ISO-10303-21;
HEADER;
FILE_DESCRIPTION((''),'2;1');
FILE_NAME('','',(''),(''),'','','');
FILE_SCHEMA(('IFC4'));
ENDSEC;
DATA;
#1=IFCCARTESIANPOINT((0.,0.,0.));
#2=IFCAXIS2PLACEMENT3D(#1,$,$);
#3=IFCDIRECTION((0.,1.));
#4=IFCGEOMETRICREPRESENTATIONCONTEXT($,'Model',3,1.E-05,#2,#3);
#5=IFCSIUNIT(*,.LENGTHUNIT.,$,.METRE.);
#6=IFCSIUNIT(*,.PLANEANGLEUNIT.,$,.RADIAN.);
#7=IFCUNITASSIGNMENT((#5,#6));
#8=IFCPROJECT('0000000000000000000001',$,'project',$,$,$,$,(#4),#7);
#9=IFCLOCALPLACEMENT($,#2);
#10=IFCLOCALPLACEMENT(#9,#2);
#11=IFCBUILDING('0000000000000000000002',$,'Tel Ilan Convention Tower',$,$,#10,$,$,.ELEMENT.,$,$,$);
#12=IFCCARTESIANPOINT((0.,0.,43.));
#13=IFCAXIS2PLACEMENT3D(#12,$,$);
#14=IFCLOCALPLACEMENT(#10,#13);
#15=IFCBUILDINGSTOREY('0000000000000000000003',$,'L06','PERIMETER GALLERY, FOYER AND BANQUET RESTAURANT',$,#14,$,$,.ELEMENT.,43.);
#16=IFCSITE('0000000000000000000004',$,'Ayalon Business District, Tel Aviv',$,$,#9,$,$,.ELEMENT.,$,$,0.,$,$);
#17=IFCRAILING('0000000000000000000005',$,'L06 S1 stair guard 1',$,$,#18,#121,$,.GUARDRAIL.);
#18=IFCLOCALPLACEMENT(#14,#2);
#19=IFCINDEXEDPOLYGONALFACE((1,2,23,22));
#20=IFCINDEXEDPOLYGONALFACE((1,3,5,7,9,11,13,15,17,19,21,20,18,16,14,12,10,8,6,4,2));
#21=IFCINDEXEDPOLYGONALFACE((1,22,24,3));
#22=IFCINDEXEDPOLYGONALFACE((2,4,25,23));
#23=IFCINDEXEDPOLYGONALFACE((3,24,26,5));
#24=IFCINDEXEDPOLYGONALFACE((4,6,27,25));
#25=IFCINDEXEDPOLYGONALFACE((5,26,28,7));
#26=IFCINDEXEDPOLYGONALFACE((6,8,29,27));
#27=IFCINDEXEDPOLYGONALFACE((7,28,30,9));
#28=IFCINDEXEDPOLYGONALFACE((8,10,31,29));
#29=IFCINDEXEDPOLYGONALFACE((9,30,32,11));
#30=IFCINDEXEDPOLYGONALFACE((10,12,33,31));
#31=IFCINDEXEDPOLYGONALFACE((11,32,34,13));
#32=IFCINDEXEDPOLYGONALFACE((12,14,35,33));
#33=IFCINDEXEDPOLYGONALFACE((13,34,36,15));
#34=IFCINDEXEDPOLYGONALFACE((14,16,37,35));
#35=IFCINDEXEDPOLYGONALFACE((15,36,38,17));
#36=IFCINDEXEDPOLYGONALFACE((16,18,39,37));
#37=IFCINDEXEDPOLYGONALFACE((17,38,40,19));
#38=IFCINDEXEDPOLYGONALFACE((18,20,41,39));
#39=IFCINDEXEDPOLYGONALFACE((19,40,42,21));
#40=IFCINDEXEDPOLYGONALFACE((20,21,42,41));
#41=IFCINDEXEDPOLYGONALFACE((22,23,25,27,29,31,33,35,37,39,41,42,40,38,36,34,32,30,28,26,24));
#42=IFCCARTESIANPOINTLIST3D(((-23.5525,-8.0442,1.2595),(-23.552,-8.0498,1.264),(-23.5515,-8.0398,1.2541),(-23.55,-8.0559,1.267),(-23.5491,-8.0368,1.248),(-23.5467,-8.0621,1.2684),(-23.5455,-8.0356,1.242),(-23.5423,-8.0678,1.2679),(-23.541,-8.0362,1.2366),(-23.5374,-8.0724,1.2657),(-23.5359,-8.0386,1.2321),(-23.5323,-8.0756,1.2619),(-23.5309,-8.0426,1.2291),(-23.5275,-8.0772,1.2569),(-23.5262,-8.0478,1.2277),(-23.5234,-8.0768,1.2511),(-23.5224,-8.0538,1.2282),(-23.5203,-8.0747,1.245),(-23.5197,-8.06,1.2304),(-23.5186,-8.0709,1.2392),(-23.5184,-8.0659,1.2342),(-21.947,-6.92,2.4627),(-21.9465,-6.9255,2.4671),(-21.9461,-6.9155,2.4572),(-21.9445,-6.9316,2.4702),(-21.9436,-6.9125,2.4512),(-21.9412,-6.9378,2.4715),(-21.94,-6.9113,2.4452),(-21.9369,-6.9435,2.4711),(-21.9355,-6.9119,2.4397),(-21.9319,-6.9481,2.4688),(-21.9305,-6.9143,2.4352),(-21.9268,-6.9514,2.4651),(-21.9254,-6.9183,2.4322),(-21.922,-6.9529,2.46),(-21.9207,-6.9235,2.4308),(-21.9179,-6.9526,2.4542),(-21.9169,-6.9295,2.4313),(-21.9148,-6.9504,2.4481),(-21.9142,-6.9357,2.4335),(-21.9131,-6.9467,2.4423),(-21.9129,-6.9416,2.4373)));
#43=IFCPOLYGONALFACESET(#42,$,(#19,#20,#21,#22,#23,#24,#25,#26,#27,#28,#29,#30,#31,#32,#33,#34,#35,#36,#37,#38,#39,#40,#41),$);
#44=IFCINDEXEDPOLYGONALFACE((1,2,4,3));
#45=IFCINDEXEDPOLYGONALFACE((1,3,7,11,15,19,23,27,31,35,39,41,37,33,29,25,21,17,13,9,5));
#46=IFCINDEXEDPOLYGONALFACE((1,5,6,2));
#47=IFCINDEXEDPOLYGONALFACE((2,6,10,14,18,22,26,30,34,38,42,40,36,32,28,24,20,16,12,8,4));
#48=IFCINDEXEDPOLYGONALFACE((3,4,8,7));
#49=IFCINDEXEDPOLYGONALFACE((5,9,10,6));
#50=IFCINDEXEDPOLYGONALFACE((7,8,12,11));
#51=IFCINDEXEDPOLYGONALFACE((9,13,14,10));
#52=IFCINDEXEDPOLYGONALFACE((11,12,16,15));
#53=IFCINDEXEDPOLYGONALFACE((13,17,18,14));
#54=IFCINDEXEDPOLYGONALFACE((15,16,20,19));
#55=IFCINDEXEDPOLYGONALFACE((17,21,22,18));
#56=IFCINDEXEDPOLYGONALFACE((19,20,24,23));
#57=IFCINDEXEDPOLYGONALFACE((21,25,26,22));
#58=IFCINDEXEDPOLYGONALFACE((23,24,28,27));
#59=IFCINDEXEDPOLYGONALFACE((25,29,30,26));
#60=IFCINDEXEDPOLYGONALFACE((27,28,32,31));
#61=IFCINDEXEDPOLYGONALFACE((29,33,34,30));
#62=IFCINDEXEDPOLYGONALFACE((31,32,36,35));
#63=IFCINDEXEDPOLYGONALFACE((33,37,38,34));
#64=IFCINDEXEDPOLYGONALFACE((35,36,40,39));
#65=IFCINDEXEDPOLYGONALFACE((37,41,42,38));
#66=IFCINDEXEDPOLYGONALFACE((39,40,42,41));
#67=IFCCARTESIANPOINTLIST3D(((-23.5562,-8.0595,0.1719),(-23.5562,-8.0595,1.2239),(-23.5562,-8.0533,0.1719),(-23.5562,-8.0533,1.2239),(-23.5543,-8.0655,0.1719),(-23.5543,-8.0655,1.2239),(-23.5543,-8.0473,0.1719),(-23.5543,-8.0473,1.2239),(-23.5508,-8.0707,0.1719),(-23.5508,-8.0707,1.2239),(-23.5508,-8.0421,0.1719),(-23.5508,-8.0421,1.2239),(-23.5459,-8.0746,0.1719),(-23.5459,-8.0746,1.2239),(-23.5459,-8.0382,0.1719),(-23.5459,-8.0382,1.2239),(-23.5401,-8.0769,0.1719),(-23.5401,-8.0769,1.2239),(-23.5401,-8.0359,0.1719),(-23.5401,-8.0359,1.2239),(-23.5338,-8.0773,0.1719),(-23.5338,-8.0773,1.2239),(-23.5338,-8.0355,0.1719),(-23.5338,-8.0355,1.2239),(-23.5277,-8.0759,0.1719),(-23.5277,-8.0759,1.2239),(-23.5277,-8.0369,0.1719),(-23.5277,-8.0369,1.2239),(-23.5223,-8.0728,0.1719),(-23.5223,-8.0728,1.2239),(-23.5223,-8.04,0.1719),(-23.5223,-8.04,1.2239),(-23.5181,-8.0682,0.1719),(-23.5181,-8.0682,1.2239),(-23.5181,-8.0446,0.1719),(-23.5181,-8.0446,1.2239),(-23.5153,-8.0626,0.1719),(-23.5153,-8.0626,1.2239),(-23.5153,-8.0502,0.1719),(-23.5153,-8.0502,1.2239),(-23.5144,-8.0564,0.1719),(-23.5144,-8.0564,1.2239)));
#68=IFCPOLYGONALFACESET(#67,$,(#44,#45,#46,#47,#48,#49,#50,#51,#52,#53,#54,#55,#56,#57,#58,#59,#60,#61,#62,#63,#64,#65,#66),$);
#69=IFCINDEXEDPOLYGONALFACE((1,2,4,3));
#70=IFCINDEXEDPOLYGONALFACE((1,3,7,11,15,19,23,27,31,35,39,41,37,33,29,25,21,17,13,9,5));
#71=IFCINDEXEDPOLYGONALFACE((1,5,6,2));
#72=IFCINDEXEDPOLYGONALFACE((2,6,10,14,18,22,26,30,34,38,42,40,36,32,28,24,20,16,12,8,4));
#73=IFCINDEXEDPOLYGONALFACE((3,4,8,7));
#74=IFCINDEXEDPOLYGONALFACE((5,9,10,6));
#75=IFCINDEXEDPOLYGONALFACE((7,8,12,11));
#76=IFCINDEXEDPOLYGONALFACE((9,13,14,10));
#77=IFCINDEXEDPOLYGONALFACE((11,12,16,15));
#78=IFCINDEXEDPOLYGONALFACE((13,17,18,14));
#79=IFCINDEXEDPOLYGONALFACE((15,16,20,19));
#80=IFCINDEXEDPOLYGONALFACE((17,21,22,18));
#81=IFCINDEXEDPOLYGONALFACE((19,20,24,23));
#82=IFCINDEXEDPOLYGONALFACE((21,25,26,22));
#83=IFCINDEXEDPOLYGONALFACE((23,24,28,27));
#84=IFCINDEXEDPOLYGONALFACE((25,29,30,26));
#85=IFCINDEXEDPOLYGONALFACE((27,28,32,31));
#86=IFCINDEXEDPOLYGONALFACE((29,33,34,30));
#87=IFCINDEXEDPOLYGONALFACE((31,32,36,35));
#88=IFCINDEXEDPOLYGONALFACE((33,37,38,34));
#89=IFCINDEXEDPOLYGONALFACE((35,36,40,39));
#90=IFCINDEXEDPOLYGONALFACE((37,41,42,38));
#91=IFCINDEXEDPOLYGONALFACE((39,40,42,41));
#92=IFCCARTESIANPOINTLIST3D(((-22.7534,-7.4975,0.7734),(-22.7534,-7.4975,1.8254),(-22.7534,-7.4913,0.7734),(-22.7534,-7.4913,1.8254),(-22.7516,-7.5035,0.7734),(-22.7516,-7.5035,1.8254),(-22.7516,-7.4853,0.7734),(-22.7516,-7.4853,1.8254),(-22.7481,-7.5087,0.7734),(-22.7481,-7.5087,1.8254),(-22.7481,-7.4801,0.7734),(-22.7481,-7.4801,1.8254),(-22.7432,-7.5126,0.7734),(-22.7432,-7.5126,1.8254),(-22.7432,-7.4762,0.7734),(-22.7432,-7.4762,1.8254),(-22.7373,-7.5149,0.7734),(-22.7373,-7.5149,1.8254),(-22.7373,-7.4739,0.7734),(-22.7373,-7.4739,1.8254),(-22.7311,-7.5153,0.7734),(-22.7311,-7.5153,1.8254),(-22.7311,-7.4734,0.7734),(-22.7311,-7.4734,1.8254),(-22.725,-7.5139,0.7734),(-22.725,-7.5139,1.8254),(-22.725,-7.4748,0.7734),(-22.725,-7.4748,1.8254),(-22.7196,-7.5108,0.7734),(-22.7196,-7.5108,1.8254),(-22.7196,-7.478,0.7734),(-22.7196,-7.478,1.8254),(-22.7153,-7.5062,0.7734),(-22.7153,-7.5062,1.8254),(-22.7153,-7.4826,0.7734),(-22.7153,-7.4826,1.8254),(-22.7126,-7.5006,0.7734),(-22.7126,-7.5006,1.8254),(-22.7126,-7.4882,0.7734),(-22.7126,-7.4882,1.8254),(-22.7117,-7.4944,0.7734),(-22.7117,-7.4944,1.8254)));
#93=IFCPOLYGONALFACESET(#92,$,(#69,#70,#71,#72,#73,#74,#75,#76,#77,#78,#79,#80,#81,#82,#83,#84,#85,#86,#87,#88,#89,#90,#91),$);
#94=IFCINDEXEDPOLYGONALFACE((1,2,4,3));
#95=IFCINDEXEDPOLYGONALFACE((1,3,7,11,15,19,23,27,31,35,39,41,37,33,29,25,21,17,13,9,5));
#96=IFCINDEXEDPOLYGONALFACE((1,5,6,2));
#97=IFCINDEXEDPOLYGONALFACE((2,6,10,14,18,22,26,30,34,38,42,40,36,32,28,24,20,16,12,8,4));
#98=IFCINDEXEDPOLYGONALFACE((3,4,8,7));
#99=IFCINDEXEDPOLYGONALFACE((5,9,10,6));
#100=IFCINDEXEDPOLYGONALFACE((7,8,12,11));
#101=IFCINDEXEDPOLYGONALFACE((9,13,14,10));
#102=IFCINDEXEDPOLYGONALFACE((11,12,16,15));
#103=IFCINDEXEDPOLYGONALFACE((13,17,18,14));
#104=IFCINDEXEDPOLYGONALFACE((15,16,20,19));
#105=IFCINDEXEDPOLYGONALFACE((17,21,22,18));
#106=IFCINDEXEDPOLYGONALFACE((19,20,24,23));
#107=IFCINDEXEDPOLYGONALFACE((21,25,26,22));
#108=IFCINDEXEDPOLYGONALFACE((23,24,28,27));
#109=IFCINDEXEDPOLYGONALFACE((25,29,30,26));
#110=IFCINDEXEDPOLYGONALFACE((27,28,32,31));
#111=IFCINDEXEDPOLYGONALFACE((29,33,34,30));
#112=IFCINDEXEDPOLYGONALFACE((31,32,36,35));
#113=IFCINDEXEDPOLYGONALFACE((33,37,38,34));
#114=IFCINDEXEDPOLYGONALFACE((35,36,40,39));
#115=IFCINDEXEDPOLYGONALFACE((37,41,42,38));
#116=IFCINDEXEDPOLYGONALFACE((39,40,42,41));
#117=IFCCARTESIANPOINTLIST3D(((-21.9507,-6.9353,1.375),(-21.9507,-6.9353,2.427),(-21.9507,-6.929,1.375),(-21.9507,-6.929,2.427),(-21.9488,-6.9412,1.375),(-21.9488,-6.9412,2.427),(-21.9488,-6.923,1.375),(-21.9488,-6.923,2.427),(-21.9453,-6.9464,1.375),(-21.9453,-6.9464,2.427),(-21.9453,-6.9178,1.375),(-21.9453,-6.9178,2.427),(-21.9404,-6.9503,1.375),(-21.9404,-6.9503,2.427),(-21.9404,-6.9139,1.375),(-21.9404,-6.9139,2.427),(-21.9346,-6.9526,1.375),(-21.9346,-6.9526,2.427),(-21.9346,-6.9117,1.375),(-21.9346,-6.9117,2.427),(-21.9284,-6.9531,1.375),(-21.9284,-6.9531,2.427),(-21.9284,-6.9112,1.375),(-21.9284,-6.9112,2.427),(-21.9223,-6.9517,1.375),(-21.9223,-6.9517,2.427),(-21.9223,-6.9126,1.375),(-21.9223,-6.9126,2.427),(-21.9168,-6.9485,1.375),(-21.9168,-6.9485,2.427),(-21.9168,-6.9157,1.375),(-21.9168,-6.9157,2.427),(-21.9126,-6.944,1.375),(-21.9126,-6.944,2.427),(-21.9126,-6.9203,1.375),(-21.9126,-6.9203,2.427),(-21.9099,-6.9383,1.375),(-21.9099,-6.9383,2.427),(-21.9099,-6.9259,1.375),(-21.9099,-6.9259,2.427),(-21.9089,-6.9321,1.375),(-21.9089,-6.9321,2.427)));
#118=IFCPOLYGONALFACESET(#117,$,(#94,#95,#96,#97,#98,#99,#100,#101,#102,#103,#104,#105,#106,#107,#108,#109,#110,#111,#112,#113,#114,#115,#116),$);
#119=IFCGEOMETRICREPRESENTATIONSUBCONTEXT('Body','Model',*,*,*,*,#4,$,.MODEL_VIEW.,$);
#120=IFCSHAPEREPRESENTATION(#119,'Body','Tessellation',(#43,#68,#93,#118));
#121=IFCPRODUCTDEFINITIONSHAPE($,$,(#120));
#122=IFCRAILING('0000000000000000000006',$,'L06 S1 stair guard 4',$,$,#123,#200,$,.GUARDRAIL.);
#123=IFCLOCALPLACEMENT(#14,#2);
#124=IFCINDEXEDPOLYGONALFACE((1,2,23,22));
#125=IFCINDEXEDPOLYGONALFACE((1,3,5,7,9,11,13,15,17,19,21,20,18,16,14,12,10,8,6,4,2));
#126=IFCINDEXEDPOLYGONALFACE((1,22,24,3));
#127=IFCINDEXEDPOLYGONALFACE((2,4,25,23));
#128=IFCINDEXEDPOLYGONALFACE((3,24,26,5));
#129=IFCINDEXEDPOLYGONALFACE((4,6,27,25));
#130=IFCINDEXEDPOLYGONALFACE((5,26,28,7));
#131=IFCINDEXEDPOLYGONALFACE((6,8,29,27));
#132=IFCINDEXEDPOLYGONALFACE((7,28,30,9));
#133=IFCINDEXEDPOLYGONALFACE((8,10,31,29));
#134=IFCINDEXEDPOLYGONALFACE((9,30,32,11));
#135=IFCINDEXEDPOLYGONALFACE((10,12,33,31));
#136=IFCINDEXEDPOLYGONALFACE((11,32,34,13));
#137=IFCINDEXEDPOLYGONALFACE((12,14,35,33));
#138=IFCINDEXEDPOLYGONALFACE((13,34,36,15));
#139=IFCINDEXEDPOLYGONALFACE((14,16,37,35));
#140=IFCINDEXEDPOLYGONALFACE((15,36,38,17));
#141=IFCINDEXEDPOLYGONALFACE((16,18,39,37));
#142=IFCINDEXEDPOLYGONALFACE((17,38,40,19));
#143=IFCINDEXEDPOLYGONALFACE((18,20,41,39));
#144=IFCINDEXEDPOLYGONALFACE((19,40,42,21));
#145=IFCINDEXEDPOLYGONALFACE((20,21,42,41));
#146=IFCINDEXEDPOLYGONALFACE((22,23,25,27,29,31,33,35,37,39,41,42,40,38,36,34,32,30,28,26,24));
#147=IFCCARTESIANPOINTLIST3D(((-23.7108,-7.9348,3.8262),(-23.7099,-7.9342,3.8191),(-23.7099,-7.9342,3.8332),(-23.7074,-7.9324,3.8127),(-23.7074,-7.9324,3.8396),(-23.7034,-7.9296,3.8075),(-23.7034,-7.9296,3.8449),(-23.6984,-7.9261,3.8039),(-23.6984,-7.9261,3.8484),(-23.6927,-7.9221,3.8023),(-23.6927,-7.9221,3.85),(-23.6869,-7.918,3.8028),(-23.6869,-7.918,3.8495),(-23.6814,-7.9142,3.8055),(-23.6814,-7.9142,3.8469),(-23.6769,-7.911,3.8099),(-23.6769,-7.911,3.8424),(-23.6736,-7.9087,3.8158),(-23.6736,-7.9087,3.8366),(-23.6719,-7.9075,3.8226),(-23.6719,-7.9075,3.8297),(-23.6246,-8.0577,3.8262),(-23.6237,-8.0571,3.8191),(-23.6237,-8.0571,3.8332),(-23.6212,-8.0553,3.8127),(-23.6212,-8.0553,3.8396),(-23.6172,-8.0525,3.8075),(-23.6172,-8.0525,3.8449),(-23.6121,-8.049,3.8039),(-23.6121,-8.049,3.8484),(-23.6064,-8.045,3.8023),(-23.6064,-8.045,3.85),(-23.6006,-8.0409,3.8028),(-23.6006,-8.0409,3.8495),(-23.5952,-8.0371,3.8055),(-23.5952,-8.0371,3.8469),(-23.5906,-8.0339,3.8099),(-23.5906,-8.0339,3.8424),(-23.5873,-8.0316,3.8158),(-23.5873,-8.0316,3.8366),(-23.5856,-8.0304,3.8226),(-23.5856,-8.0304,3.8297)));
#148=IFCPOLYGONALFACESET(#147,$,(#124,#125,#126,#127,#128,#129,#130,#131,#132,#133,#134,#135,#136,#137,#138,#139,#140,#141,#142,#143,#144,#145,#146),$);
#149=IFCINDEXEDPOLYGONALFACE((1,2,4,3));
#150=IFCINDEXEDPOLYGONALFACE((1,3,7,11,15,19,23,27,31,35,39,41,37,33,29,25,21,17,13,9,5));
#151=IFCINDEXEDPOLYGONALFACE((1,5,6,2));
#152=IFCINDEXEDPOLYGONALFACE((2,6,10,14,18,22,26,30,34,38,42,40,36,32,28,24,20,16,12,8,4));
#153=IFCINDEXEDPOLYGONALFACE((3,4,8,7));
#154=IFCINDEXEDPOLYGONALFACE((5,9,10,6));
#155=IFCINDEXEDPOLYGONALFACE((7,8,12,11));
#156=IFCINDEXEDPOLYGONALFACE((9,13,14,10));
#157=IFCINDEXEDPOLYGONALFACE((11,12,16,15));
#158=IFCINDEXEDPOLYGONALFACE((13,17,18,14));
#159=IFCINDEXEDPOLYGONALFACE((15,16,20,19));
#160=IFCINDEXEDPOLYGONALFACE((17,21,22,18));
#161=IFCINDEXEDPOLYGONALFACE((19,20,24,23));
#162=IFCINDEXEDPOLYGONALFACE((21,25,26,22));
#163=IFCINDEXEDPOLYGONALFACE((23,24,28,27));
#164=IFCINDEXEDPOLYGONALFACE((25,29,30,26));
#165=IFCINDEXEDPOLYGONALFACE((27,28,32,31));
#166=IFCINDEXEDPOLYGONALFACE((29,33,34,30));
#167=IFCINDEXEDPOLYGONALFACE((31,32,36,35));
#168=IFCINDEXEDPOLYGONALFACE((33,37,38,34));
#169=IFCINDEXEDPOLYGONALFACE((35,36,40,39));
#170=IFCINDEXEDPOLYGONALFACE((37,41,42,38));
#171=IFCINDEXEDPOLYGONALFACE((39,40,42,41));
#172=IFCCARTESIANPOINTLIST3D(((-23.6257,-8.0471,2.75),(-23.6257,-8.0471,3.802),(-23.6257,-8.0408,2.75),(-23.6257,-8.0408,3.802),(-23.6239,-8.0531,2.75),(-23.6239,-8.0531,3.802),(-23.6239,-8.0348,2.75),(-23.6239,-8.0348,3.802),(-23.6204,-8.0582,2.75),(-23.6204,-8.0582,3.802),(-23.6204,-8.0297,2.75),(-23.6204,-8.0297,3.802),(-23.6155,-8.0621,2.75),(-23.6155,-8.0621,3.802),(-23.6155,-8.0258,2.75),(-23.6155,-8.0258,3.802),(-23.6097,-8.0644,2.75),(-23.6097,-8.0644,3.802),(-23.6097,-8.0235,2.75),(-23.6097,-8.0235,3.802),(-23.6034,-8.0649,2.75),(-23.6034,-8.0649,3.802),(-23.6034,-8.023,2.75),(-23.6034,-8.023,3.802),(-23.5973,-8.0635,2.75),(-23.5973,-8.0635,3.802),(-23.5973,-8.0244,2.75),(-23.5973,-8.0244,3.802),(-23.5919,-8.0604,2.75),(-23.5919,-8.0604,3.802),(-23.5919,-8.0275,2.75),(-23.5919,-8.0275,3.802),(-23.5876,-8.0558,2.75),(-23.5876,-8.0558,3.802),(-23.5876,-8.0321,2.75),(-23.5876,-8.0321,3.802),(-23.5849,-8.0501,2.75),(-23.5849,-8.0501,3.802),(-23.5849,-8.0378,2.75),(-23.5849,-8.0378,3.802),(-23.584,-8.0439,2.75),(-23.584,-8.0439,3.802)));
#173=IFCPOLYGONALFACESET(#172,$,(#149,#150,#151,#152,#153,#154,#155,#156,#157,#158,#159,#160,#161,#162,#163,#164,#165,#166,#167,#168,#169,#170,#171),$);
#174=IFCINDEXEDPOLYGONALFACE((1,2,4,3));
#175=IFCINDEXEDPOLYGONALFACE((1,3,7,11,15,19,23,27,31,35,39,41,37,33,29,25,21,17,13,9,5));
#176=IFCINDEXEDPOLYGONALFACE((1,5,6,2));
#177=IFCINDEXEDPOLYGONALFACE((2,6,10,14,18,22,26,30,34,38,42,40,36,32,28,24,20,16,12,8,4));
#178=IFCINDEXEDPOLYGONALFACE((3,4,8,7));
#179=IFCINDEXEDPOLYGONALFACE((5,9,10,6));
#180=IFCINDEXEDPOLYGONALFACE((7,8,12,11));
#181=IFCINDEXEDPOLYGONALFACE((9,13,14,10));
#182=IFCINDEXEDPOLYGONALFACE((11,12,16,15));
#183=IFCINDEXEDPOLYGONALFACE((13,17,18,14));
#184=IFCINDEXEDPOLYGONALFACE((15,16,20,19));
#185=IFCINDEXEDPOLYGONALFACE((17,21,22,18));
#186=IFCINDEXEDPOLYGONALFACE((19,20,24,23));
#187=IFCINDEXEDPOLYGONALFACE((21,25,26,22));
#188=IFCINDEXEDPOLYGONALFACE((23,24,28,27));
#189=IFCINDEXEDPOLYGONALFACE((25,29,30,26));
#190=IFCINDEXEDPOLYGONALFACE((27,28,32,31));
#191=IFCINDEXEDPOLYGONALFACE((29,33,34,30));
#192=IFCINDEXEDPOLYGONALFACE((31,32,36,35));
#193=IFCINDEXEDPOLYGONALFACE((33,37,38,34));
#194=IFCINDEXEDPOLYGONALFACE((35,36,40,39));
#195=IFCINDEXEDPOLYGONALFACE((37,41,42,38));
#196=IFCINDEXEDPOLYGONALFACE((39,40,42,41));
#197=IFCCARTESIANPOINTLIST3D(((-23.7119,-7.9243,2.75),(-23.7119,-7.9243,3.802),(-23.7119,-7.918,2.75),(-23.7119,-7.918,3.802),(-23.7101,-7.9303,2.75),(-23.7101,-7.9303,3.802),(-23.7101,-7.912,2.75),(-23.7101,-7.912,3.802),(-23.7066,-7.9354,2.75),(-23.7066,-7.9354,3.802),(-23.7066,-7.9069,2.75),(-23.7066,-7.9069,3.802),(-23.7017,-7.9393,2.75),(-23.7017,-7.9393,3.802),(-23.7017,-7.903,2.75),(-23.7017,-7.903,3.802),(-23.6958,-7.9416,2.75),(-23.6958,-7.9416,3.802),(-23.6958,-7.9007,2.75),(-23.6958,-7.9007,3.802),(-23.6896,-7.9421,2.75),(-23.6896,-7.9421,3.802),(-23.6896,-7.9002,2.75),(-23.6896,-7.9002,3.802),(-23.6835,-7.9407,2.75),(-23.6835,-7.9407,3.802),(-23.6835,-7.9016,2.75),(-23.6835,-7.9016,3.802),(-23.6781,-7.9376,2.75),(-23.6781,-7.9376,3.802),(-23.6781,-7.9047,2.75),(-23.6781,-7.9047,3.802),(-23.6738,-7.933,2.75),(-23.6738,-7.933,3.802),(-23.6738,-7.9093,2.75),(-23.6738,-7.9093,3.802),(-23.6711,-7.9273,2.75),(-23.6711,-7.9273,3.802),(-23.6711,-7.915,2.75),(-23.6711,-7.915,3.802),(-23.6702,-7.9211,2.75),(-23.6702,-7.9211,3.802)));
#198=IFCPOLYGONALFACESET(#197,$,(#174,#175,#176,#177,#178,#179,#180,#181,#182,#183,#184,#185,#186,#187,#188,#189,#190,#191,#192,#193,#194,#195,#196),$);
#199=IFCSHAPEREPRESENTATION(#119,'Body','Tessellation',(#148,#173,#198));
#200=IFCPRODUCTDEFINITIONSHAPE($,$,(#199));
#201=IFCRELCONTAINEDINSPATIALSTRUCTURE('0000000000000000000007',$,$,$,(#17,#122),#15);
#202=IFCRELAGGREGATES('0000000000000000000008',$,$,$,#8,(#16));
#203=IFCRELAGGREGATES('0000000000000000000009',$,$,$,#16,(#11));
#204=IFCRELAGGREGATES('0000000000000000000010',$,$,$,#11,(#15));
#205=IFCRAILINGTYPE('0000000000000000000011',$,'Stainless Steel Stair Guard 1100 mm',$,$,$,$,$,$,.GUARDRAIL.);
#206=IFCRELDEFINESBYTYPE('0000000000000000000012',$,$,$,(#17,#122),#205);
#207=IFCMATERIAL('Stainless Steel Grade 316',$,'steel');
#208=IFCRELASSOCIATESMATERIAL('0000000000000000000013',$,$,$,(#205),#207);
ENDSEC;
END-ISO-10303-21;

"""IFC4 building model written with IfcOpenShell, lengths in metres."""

from ifc_helpers import new_model, si_unit, direction, frame, origin, origin_2d, place, context, subcontext, project, spatial, circle, extrude, material, type_object, element, save


model = new_model("IFC4")

# Units and contexts
model_context = context("Model", 3, precision=1e-05, world=origin(), true_north=direction((0.0, 1.0)))
body_context = subcontext(model_context, "Body", "Model", "MODEL_VIEW")
ifc_project = project(units=[si_unit("LENGTHUNIT", "METRE"), si_unit("PLANEANGLEUNIT", "RADIAN")], contexts=[model_context])

# Site, building, storey
site_placement = place(None, origin())
site = spatial("IfcSite", under=ifc_project, at=site_placement, Name="Ayalon Business District, Tel Aviv", CompositionType="ELEMENT", RefElevation=0.0)
building_placement = place(site_placement, origin())
building = spatial("IfcBuilding", under=site, at=building_placement, Name="Tel Ilan Convention Tower", CompositionType="ELEMENT")
storey_placement = place(building_placement, frame((0.0, 0.0, 43.0)))
storey = spatial("IfcBuildingStorey", under=building, at=storey_placement, Name="L06", Description="PERIMETER GALLERY, FOYER AND BANQUET RESTAURANT", CompositionType="ELEMENT", Elevation=43.0)

# Railings
ifc_material_1 = material(Name="Stainless Steel Grade 316", Category="steel")
railing_type_1 = type_object("IfcRailingType", Name="Stainless Steel Stair Guard 1100 mm", PredefinedType="GUARDRAIL", material=ifc_material_1)
railing_1_placement = place(storey_placement, frame((-23.5354, -8.0564, 0.1719)))
element("IfcRailing", 1, at=railing_1_placement, inside=storey, type_object=railing_type_1, Name="L06 S1 stair guard 1", PredefinedType="GUARDRAIL", context=body_context, shape_type="SweptSolid", body=[
    extrude(circle(Radius=0.0239, at=origin_2d()), frame((0.0, 0.0, 1.0762), z_axis=(0.698095, 0.488857, 0.523146), x_axis=(-0.573613, 0.819127, 0.0)), (0.0, 0.0, 1.0), 2.2998),
    extrude(circle(Radius=0.021, at=origin_2d()), origin(), (0.0, 0.0, 1.0), 1.052),
    extrude(circle(Radius=0.021, at=origin_2d()), frame((0.8027, 0.562, 0.6016)), (0.0, 0.0, 1.0), 1.052),
    extrude(circle(Radius=0.021, at=origin_2d()), frame((1.6055, 1.1243, 1.2031)), (0.0, 0.0, 1.0), 1.052),
])
railing_2_placement = place(storey_placement, frame((-23.605, -8.0439, 2.75)))
element("IfcRailing", 2, at=railing_2_placement, inside=storey, type_object=railing_type_1, Name="L06 S1 stair guard 4", PredefinedType="GUARDRAIL", context=body_context, shape_type="SweptSolid", body=[
    extrude(circle(Radius=0.0239, at=origin_2d()), frame((0.0, 0.0, 1.0762), z_axis=(-0.574445, 0.818543, 0.0), x_axis=(-0.818543, -0.574445, 0.0)), (0.0, 0.0, 1.0), 0.1501),
    extrude(circle(Radius=0.021, at=origin_2d()), origin(), (0.0, 0.0, 1.0), 1.052),
    extrude(circle(Radius=0.021, at=origin_2d()), frame((-0.0862, 0.1228, 0.0)), (0.0, 0.0, 1.0), 1.052),
])

save(model, "model.ifc")
